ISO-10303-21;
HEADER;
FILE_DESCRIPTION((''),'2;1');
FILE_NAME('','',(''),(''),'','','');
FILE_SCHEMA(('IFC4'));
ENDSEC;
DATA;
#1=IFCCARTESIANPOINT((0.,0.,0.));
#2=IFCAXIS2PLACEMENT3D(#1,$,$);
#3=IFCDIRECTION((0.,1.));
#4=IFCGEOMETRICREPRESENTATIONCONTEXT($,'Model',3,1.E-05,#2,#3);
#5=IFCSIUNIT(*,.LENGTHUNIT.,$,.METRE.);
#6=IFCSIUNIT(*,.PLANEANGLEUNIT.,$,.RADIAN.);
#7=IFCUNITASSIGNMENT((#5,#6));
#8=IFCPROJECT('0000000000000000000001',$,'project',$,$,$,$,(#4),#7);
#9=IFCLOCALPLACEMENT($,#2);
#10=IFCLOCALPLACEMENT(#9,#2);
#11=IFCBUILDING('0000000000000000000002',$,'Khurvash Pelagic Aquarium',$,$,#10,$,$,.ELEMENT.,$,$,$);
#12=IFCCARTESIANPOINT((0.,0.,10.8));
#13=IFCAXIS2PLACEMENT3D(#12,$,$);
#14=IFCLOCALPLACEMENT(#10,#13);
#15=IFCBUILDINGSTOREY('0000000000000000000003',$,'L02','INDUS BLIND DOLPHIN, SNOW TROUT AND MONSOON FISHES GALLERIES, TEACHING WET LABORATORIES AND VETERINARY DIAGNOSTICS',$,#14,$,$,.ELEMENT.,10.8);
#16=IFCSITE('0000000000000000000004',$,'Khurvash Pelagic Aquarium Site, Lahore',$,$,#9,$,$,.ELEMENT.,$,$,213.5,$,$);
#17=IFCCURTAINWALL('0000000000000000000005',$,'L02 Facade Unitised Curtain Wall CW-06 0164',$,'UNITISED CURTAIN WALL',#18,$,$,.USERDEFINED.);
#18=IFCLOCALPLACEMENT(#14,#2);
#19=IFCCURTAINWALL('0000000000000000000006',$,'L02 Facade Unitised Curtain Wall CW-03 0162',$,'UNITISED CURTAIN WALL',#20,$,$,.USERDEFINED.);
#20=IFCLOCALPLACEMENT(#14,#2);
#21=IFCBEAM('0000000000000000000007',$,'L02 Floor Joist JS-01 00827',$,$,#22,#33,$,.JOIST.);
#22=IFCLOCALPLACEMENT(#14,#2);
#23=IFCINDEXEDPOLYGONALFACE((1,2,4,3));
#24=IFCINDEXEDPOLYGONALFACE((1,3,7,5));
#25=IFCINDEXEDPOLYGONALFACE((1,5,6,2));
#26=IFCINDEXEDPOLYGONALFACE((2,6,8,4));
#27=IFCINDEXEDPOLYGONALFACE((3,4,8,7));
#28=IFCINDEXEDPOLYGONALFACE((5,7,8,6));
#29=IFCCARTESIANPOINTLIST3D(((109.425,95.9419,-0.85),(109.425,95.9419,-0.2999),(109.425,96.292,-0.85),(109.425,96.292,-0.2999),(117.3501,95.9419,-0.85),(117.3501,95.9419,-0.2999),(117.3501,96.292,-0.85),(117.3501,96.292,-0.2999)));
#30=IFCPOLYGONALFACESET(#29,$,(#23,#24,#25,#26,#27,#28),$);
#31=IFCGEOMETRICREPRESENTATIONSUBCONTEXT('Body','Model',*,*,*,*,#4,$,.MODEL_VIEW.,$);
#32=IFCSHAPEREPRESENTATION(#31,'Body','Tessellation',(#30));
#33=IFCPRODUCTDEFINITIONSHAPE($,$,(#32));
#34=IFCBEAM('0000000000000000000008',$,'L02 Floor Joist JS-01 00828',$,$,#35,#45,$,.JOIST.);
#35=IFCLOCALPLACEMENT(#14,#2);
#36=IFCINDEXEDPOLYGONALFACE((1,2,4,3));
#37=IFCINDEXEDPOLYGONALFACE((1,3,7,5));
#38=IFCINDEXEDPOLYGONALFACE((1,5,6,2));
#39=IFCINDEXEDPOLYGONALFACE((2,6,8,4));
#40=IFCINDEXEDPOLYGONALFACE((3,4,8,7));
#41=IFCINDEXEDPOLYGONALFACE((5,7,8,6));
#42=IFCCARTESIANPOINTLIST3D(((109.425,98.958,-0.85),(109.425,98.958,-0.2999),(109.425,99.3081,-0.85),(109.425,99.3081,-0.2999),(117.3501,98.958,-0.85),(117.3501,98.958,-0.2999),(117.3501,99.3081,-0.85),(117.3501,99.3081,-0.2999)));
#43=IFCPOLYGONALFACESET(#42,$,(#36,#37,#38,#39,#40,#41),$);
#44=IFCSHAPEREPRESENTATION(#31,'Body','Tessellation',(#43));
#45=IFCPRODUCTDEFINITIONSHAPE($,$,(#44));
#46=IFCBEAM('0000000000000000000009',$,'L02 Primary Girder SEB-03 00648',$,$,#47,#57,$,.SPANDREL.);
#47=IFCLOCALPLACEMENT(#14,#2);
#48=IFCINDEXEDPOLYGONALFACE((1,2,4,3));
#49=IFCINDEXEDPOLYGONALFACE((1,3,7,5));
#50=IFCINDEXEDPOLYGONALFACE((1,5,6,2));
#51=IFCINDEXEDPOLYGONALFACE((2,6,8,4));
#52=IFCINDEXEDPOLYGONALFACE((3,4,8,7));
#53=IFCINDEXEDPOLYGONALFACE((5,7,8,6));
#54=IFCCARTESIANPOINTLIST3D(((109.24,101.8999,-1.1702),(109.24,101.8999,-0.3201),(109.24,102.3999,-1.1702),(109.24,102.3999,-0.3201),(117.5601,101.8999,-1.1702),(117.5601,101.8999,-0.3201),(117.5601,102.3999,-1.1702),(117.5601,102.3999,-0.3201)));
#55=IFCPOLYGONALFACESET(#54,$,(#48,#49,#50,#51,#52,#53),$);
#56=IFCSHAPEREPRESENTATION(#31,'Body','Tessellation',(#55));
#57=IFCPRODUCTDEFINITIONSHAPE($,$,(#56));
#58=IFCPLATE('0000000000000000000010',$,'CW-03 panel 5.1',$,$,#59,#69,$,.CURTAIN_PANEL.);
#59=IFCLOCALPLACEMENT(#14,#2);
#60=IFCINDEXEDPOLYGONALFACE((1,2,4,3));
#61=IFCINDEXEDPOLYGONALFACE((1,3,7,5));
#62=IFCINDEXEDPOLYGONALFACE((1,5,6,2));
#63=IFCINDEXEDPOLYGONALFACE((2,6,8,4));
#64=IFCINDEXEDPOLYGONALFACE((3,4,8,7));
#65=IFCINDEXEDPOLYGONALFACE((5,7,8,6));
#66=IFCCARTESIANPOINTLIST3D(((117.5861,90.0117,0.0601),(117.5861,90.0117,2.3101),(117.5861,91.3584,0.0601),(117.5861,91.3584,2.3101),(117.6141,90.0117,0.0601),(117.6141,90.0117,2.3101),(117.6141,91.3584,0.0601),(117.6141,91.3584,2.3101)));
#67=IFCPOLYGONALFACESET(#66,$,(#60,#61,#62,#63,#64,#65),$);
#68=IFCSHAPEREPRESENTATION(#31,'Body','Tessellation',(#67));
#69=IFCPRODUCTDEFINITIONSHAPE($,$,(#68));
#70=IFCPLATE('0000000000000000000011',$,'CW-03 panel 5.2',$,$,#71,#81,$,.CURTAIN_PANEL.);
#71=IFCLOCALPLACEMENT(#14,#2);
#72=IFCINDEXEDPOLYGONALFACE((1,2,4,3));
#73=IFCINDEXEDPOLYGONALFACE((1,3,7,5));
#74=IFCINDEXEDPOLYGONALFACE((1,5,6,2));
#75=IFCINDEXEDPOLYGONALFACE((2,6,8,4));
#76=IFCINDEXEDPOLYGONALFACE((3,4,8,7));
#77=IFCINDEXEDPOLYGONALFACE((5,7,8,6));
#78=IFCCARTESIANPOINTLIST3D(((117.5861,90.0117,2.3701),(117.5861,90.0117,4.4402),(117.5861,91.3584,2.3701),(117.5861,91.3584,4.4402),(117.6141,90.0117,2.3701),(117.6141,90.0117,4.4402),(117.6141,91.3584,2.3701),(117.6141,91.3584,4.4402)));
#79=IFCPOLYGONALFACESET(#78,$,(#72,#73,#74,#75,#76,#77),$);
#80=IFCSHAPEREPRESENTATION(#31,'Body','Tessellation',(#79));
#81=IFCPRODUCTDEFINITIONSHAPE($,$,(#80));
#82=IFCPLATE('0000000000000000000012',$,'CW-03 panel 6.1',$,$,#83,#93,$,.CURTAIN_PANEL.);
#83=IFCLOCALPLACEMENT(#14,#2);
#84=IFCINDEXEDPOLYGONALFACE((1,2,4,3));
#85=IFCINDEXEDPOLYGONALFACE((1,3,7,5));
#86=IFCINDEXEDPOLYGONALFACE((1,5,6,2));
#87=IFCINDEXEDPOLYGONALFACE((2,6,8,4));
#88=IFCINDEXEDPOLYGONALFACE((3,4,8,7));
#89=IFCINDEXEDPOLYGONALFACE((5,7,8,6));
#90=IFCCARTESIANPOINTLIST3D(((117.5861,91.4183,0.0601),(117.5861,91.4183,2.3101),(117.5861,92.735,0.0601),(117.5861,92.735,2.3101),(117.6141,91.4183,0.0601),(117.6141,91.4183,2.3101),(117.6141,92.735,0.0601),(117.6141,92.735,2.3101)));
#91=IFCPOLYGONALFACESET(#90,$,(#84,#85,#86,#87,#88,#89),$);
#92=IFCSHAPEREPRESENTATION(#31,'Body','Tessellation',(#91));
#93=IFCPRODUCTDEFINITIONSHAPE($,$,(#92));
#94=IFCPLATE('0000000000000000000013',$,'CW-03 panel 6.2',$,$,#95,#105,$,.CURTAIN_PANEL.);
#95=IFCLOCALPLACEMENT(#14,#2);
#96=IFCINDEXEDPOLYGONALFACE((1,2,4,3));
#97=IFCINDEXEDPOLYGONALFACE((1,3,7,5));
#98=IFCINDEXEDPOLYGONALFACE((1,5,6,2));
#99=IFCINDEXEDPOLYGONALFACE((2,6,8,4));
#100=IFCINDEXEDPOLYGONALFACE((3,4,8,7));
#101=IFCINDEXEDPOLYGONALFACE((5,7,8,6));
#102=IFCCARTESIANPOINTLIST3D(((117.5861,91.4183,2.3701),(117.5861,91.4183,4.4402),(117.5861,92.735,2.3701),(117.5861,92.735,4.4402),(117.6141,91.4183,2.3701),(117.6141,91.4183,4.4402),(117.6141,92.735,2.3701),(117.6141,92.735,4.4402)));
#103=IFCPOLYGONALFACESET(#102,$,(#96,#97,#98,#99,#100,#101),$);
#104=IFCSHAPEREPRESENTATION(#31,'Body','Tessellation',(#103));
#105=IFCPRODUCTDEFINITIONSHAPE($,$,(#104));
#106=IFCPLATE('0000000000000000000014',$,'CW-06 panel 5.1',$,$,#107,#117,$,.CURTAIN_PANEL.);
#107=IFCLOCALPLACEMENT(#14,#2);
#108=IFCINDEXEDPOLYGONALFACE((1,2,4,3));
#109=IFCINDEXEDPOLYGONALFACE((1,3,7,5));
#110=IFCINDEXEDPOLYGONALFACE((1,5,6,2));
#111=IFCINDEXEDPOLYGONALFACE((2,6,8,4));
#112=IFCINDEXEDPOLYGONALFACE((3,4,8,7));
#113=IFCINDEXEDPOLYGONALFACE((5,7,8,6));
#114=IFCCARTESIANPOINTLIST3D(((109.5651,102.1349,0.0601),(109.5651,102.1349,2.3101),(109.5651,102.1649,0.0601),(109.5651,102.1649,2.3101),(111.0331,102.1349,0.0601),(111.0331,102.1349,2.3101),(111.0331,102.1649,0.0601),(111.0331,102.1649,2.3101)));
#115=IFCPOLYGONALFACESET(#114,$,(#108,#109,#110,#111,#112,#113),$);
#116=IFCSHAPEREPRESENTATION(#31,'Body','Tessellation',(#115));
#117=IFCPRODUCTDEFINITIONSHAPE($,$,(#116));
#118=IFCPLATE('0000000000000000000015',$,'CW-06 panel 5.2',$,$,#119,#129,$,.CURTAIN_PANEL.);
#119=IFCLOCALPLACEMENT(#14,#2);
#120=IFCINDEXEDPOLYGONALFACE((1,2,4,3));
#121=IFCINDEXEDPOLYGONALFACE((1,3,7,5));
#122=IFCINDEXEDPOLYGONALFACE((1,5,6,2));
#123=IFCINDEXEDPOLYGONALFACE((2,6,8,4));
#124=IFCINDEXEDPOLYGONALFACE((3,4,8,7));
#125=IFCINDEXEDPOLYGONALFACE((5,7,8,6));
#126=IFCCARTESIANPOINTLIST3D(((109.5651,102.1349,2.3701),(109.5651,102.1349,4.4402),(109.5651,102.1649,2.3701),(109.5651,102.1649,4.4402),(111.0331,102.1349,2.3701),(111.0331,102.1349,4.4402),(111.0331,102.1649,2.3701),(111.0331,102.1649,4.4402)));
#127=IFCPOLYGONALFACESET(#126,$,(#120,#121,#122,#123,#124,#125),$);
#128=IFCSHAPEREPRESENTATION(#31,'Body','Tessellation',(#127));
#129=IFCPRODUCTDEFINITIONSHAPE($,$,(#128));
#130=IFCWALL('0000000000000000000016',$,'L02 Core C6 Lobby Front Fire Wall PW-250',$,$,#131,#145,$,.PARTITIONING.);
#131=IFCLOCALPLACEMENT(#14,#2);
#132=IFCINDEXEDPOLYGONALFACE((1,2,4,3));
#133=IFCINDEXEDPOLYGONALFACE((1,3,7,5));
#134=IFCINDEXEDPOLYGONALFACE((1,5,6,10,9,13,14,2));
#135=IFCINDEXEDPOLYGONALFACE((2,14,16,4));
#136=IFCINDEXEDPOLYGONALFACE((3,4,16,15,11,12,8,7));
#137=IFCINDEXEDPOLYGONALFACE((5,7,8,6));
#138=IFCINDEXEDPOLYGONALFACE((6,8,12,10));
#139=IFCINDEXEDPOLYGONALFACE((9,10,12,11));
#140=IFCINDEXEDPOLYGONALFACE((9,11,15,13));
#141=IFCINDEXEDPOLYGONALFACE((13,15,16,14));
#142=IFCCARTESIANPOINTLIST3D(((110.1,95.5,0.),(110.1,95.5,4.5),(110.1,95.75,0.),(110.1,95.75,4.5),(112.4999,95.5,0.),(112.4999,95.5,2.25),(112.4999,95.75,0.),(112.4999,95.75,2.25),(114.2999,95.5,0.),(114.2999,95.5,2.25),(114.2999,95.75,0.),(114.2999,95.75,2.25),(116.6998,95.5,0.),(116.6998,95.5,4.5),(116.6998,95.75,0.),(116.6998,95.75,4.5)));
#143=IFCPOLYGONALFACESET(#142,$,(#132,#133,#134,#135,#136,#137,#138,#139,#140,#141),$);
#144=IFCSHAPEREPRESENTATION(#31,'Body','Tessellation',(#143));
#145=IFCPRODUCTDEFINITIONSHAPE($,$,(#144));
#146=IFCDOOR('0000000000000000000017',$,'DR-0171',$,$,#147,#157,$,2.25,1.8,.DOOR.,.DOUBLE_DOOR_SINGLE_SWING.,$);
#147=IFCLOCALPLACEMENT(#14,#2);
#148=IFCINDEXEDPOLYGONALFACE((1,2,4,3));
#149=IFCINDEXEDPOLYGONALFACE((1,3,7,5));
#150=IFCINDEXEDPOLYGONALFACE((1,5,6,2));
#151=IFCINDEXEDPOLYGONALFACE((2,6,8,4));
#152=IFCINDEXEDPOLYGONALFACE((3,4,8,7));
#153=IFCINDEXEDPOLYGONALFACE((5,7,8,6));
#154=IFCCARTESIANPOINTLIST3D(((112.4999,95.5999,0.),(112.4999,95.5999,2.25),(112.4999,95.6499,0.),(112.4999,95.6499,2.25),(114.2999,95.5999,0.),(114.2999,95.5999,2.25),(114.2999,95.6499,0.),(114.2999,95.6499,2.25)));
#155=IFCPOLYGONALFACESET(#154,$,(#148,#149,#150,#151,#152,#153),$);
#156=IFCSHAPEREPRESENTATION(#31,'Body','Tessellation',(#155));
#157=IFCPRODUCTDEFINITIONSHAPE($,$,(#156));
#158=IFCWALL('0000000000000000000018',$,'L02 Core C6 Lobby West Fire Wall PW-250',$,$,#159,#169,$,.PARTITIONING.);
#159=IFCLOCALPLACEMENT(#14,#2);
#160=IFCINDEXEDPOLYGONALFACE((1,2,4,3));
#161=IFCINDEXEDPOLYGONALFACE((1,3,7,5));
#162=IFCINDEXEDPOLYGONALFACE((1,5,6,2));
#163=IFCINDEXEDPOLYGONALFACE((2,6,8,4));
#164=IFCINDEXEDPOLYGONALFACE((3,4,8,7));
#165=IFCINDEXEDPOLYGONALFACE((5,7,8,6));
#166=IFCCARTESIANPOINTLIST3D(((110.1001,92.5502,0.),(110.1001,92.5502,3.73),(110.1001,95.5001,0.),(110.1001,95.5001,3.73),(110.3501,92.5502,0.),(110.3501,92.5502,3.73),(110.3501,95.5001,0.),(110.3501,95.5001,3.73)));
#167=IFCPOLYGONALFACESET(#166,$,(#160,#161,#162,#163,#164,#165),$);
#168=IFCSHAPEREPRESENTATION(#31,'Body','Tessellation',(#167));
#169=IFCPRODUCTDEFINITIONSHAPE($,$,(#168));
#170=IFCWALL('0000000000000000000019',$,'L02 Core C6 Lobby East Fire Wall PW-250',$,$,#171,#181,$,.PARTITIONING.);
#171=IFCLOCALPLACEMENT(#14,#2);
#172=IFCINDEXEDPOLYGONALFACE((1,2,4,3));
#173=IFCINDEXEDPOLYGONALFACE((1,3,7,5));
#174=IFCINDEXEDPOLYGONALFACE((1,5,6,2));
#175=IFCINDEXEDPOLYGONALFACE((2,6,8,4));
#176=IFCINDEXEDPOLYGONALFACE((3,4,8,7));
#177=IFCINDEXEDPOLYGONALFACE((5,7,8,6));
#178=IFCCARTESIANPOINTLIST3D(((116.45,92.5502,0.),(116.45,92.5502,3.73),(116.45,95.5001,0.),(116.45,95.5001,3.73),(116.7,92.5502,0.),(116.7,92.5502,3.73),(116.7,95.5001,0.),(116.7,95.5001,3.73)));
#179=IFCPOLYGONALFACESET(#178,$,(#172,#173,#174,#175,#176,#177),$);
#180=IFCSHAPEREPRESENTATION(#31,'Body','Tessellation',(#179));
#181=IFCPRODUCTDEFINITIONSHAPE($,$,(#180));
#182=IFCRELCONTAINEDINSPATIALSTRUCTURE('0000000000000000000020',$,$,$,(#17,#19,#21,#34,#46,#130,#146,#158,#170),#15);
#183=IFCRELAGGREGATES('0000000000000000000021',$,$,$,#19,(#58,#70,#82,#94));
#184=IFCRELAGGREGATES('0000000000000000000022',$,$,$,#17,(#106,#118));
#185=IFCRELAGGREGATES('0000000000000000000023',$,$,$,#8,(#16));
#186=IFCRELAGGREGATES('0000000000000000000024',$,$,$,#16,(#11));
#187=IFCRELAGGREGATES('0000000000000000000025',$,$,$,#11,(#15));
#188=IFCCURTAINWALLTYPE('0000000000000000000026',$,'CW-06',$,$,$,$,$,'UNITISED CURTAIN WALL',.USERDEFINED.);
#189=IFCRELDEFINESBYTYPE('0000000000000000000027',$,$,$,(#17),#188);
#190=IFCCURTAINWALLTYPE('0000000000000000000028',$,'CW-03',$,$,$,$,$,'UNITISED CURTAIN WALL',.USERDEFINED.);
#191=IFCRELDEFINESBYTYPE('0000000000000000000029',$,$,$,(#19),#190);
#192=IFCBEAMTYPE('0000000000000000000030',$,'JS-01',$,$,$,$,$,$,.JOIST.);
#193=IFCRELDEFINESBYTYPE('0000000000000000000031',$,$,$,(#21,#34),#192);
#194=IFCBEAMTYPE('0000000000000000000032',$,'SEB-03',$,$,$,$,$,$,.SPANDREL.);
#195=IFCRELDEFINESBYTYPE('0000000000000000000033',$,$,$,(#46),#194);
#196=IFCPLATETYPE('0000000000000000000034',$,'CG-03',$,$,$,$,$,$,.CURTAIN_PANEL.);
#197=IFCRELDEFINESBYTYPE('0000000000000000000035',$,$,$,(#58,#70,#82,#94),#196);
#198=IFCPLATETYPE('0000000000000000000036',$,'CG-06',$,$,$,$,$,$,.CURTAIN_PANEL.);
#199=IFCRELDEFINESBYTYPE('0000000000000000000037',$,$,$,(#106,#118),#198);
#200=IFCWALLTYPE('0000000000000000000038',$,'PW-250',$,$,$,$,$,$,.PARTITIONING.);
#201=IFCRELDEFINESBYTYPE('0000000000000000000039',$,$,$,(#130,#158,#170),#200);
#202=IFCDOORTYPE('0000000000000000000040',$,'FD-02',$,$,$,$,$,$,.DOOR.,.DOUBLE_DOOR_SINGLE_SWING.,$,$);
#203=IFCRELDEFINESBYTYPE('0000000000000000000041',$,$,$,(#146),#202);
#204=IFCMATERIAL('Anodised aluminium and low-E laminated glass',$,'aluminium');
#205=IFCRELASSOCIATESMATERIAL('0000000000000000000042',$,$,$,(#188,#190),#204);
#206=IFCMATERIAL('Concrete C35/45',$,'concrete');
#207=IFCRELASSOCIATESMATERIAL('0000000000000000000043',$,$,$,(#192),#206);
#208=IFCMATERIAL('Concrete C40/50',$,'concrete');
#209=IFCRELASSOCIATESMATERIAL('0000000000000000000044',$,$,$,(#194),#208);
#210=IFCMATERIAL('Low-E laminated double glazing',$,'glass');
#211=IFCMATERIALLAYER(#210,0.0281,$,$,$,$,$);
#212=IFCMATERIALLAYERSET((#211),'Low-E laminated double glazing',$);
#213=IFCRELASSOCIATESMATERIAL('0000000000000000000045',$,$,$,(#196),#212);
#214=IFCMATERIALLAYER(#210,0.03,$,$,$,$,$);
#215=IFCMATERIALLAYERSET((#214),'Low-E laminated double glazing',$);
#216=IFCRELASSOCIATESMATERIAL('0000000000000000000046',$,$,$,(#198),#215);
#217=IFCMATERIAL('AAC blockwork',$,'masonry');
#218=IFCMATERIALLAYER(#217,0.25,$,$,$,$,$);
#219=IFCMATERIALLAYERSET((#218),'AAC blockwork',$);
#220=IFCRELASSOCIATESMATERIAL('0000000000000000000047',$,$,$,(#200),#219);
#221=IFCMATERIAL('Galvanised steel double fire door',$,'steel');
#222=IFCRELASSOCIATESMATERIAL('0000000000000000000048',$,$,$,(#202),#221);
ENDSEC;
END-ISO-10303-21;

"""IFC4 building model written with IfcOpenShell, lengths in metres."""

from ifc_helpers import new_model, si_unit, direction, frame, frame_2d, origin, origin_2d, place, context, subcontext, project, spatial, rectangle, extrude, material, layer, layer_set, material_profile, profile_set, type_object, element, fill, aggregate, save


model = new_model("IFC4")

# Units and contexts
model_context = context("Model", 3, precision=1e-05, world=origin(), true_north=direction((0.0, 1.0)))
body_context = subcontext(model_context, "Body", "Model", "MODEL_VIEW")
ifc_project = project(units=[si_unit("LENGTHUNIT", "METRE"), si_unit("PLANEANGLEUNIT", "RADIAN")], contexts=[model_context])

# Site, building, storey
site_placement = place(None, origin())
site = spatial("IfcSite", under=ifc_project, at=site_placement, Name="Khurvash Pelagic Aquarium Site, Lahore", CompositionType="ELEMENT", RefElevation=213.5)
building_placement = place(site_placement, origin())
building = spatial("IfcBuilding", under=site, at=building_placement, Name="Khurvash Pelagic Aquarium", CompositionType="ELEMENT")
storey_placement = place(building_placement, frame((0.0, 0.0, 10.8)))
storey = spatial("IfcBuildingStorey", under=building, at=storey_placement, Name="L02", Description="INDUS BLIND DOLPHIN, SNOW TROUT AND MONSOON FISHES GALLERIES, TEACHING WET LABORATORIES AND VETERINARY DIAGNOSTICS", CompositionType="ELEMENT", Elevation=10.8)

# Shared definitions
ifc_material_1 = material(Name="Concrete C35/45", Category="concrete")

# Curtain wall
ifc_material_2 = material(Name="Anodised aluminium and low-E laminated glass", Category="aluminium")
curtain_wall_type_1 = type_object("IfcCurtainWallType", Name="CW-06", ElementType="UNITISED CURTAIN WALL", PredefinedType="USERDEFINED", material=ifc_material_2)
curtain_wall_1_placement = place(storey_placement, origin())
curtain_wall_1 = element("IfcCurtainWall", 1, at=curtain_wall_1_placement, inside=storey, type_object=curtain_wall_type_1, Name="L02 Facade Unitised Curtain Wall CW-06 0164", ObjectType="UNITISED CURTAIN WALL", PredefinedType="USERDEFINED")

# Curtain wall
curtain_wall_type_2 = type_object("IfcCurtainWallType", Name="CW-03", ElementType="UNITISED CURTAIN WALL", PredefinedType="USERDEFINED", material=ifc_material_2)
curtain_wall_2_placement = place(storey_placement, origin())
curtain_wall_2 = element("IfcCurtainWall", 2, at=curtain_wall_2_placement, inside=storey, type_object=curtain_wall_type_2, Name="L02 Facade Unitised Curtain Wall CW-03 0162", ObjectType="UNITISED CURTAIN WALL", PredefinedType="USERDEFINED")

# Beams
ifc_material_profile_1 = material_profile(ifc_material_1, rectangle(XDim=0.3501, YDim=0.55, at=origin_2d()), Name="RC350X550")
ifc_profile_set_1 = profile_set([ifc_material_profile_1], Name="Concrete C35/45")
beam_type_1 = type_object("IfcBeamType", Name="JS-01", PredefinedType="JOIST", material=ifc_profile_set_1)
for number, where, z_axis, x_axis, name in (
    (3, (109.425, 96.1169, -0.575), (1.0, 0.0, 0.0), (0.0, 1.0, 0.0), "L02 Floor Joist JS-01 00827"),
    (4, (109.425, 99.1331, -0.575), (1.0, 0.0, 0.0), (0.0, 1.0, 0.0), "L02 Floor Joist JS-01 00828"),
):
    element("IfcBeam", number, at=place(storey_placement, frame(where, z_axis=z_axis, x_axis=x_axis)), inside=storey, type_object=beam_type_1, Name=name, PredefinedType="JOIST", context=body_context, shape_type="SweptSolid", body=[
        extrude(rectangle(XDim=0.3501, YDim=0.55, at=origin_2d()), origin(), (0.0, 0.0, 1.0), 7.925),
    ])
ifc_material_3 = material(Name="Concrete C40/50", Category="concrete")
ifc_material_profile_2 = material_profile(ifc_material_3, rectangle(XDim=0.5, YDim=0.8501, at=origin_2d()), Name="RC500X850")
ifc_profile_set_2 = profile_set([ifc_material_profile_2], Name="Concrete C40/50")
beam_type_2 = type_object("IfcBeamType", Name="SEB-03", PredefinedType="SPANDREL", material=ifc_profile_set_2)
beam_1_placement = place(storey_placement, frame((109.24, 102.1499, -0.7451), z_axis=(1.0, 0.0, 0.0), x_axis=(0.0, 1.0, 0.0)))
element("IfcBeam", 5, at=beam_1_placement, inside=storey, type_object=beam_type_2, Name="L02 Primary Girder SEB-03 00648", PredefinedType="SPANDREL", context=body_context, shape_type="SweptSolid", body=[
    extrude(rectangle(XDim=0.5, YDim=0.8501, at=origin_2d()), origin(), (0.0, 0.0, 1.0), 8.3201),
])

# Plates
ifc_material_4 = material(Name="Low-E laminated double glazing", Category="glass")
ifc_layer_1 = layer(ifc_material_4, 0.0281)
ifc_layer_set_1 = layer_set([ifc_layer_1], Name="Low-E laminated double glazing")
plate_type_1 = type_object("IfcPlateType", Name="CG-03", PredefinedType="CURTAIN_PANEL", material=ifc_layer_set_1)
plate_1_placement = place(storey_placement, frame((117.6001, 90.6851, 0.0601), z_axis=(0.0, 0.0, 1.0), x_axis=(0.0, 1.0, 0.0)))
plate_1 = element("IfcPlate", 6, at=plate_1_placement, type_object=plate_type_1, Name="CW-03 panel 5.1", PredefinedType="CURTAIN_PANEL", context=body_context, shape_type="SweptSolid", body=[
    extrude(rectangle(XDim=1.3467, YDim=0.0281, at=origin_2d()), origin(), (0.0, 0.0, 1.0), 2.25),
])
plate_2_placement = place(storey_placement, frame((117.6001, 90.6851, 2.3701), z_axis=(0.0, 0.0, 1.0), x_axis=(0.0, 1.0, 0.0)))
plate_2 = element("IfcPlate", 7, at=plate_2_placement, type_object=plate_type_1, Name="CW-03 panel 5.2", PredefinedType="CURTAIN_PANEL", context=body_context, shape_type="SweptSolid", body=[
    extrude(rectangle(XDim=1.3467, YDim=0.0281, at=origin_2d()), origin(), (0.0, 0.0, 1.0), 2.0701),
])
plate_3_placement = place(storey_placement, frame((117.6001, 92.0767, 0.0601), z_axis=(0.0, 0.0, 1.0), x_axis=(0.0, 1.0, 0.0)))
plate_3 = element("IfcPlate", 8, at=plate_3_placement, type_object=plate_type_1, Name="CW-03 panel 6.1", PredefinedType="CURTAIN_PANEL", context=body_context, shape_type="SweptSolid", body=[
    extrude(rectangle(XDim=1.3167, YDim=0.0281, at=origin_2d()), origin(), (0.0, 0.0, 1.0), 2.25),
])
plate_4_placement = place(storey_placement, frame((117.6001, 92.0767, 2.3701), z_axis=(0.0, 0.0, 1.0), x_axis=(0.0, 1.0, 0.0)))
plate_4 = element("IfcPlate", 9, at=plate_4_placement, type_object=plate_type_1, Name="CW-03 panel 6.2", PredefinedType="CURTAIN_PANEL", context=body_context, shape_type="SweptSolid", body=[
    extrude(rectangle(XDim=1.3167, YDim=0.0281, at=origin_2d()), origin(), (0.0, 0.0, 1.0), 2.0701),
])
aggregate(curtain_wall_2, [plate_1, plate_2, plate_3, plate_4])
ifc_layer_2 = layer(ifc_material_4, 0.03)
ifc_layer_set_2 = layer_set([ifc_layer_2], Name="Low-E laminated double glazing")
plate_type_2 = type_object("IfcPlateType", Name="CG-06", PredefinedType="CURTAIN_PANEL", material=ifc_layer_set_2)
plate_5_placement = place(storey_placement, frame((110.2991, 102.1499, 0.0601), z_axis=(0.0, 0.0, 1.0), x_axis=(-1.0, 0.0, 0.0)))
plate_5 = element("IfcPlate", 10, at=plate_5_placement, type_object=plate_type_2, Name="CW-06 panel 5.1", PredefinedType="CURTAIN_PANEL", context=body_context, shape_type="SweptSolid", body=[
    extrude(rectangle(XDim=1.468, YDim=0.03, at=origin_2d()), origin(), (0.0, 0.0, 1.0), 2.25),
])
plate_6_placement = place(storey_placement, frame((110.2991, 102.1499, 2.3701), z_axis=(0.0, 0.0, 1.0), x_axis=(-1.0, 0.0, 0.0)))
plate_6 = element("IfcPlate", 11, at=plate_6_placement, type_object=plate_type_2, Name="CW-06 panel 5.2", PredefinedType="CURTAIN_PANEL", context=body_context, shape_type="SweptSolid", body=[
    extrude(rectangle(XDim=1.468, YDim=0.03, at=origin_2d()), origin(), (0.0, 0.0, 1.0), 2.0701),
])
aggregate(curtain_wall_1, [plate_5, plate_6])

# Wall, opening, door
ifc_material_5 = material(Name="AAC blockwork", Category="masonry")
ifc_layer_3 = layer(ifc_material_5, 0.25)
ifc_layer_set_3 = layer_set([ifc_layer_3], Name="AAC blockwork")
wall_type_1 = type_object("IfcWallType", Name="PW-250", PredefinedType="PARTITIONING", material=ifc_layer_set_3)
wall_1_placement = place(storey_placement, frame((110.1001, 95.625, 0.0), z_axis=(0.0, 0.0, 1.0), x_axis=(1.0, 0.0, 0.0)))
wall_1 = element("IfcWall", 12, at=wall_1_placement, inside=storey, type_object=wall_type_1, Name="L02 Core C6 Lobby Front Fire Wall PW-250", PredefinedType="PARTITIONING", context=body_context, shape_type="SweptSolid", body=[
    extrude(rectangle(XDim=6.5999, YDim=0.25, at=frame_2d((3.2998, 0.0))), origin(), (0.0, 0.0, 1.0), 4.5),
])
opening_1_placement = place(wall_1_placement, frame((2.3999, 0.0, 0.0)))
opening_1 = element("IfcOpeningElement", 13, at=opening_1_placement, cuts=wall_1, PredefinedType="OPENING", context=body_context, shape_type="SweptSolid", body=[
    extrude(rectangle(XDim=1.8, YDim=2.25, at=frame_2d((0.8999, 1.125))), frame((0.0, 0.135, 0.0), z_axis=(0.0, -1.0, 0.0), x_axis=(1.0, 0.0, 0.0)), (0.0, 0.0, 1.0), 0.27),
])
ifc_material_6 = material(Name="Galvanised steel double fire door", Category="steel")
door_type_1 = type_object("IfcDoorType", Name="FD-02", OperationType="DOUBLE_DOOR_SINGLE_SWING", PredefinedType="DOOR", material=ifc_material_6)
door_1_placement = place(opening_1_placement, origin())
door_1 = element("IfcDoor", 14, at=door_1_placement, inside=storey, type_object=door_type_1, Name="DR-0171", OperationType="DOUBLE_DOOR_SINGLE_SWING", OverallHeight=2.25, OverallWidth=1.8, PredefinedType="DOOR", context=body_context, shape_type="SweptSolid", body=[
    extrude(rectangle(XDim=1.8, YDim=2.25, at=frame_2d((0.8999, 1.125))), frame((0.0, 0.0249, 0.0), z_axis=(0.0, -1.0, 0.0), x_axis=(1.0, 0.0, 0.0)), (0.0, 0.0, 1.0), 0.05),
])
fill(opening_1, door_1)

# Walls
for number, where, z_axis, x_axis, name in (
    (15, (110.2251, 92.55, 0.0), (0.0, 0.0, 1.0), (0.0, 1.0, 0.0), "L02 Core C6 Lobby West Fire Wall PW-250"),
    (16, (116.575, 92.55, 0.0), (0.0, 0.0, 1.0), (0.0, 1.0, 0.0), "L02 Core C6 Lobby East Fire Wall PW-250"),
):
    element("IfcWall", number, at=place(storey_placement, frame(where, z_axis=z_axis, x_axis=x_axis)), inside=storey, type_object=wall_type_1, Name=name, PredefinedType="PARTITIONING", context=body_context, shape_type="SweptSolid", body=[
        extrude(rectangle(XDim=2.95, YDim=0.25, at=frame_2d((1.4751, 0.0))), origin(), (0.0, 0.0, 1.0), 3.73),
    ])

save(model, "model.ifc")
